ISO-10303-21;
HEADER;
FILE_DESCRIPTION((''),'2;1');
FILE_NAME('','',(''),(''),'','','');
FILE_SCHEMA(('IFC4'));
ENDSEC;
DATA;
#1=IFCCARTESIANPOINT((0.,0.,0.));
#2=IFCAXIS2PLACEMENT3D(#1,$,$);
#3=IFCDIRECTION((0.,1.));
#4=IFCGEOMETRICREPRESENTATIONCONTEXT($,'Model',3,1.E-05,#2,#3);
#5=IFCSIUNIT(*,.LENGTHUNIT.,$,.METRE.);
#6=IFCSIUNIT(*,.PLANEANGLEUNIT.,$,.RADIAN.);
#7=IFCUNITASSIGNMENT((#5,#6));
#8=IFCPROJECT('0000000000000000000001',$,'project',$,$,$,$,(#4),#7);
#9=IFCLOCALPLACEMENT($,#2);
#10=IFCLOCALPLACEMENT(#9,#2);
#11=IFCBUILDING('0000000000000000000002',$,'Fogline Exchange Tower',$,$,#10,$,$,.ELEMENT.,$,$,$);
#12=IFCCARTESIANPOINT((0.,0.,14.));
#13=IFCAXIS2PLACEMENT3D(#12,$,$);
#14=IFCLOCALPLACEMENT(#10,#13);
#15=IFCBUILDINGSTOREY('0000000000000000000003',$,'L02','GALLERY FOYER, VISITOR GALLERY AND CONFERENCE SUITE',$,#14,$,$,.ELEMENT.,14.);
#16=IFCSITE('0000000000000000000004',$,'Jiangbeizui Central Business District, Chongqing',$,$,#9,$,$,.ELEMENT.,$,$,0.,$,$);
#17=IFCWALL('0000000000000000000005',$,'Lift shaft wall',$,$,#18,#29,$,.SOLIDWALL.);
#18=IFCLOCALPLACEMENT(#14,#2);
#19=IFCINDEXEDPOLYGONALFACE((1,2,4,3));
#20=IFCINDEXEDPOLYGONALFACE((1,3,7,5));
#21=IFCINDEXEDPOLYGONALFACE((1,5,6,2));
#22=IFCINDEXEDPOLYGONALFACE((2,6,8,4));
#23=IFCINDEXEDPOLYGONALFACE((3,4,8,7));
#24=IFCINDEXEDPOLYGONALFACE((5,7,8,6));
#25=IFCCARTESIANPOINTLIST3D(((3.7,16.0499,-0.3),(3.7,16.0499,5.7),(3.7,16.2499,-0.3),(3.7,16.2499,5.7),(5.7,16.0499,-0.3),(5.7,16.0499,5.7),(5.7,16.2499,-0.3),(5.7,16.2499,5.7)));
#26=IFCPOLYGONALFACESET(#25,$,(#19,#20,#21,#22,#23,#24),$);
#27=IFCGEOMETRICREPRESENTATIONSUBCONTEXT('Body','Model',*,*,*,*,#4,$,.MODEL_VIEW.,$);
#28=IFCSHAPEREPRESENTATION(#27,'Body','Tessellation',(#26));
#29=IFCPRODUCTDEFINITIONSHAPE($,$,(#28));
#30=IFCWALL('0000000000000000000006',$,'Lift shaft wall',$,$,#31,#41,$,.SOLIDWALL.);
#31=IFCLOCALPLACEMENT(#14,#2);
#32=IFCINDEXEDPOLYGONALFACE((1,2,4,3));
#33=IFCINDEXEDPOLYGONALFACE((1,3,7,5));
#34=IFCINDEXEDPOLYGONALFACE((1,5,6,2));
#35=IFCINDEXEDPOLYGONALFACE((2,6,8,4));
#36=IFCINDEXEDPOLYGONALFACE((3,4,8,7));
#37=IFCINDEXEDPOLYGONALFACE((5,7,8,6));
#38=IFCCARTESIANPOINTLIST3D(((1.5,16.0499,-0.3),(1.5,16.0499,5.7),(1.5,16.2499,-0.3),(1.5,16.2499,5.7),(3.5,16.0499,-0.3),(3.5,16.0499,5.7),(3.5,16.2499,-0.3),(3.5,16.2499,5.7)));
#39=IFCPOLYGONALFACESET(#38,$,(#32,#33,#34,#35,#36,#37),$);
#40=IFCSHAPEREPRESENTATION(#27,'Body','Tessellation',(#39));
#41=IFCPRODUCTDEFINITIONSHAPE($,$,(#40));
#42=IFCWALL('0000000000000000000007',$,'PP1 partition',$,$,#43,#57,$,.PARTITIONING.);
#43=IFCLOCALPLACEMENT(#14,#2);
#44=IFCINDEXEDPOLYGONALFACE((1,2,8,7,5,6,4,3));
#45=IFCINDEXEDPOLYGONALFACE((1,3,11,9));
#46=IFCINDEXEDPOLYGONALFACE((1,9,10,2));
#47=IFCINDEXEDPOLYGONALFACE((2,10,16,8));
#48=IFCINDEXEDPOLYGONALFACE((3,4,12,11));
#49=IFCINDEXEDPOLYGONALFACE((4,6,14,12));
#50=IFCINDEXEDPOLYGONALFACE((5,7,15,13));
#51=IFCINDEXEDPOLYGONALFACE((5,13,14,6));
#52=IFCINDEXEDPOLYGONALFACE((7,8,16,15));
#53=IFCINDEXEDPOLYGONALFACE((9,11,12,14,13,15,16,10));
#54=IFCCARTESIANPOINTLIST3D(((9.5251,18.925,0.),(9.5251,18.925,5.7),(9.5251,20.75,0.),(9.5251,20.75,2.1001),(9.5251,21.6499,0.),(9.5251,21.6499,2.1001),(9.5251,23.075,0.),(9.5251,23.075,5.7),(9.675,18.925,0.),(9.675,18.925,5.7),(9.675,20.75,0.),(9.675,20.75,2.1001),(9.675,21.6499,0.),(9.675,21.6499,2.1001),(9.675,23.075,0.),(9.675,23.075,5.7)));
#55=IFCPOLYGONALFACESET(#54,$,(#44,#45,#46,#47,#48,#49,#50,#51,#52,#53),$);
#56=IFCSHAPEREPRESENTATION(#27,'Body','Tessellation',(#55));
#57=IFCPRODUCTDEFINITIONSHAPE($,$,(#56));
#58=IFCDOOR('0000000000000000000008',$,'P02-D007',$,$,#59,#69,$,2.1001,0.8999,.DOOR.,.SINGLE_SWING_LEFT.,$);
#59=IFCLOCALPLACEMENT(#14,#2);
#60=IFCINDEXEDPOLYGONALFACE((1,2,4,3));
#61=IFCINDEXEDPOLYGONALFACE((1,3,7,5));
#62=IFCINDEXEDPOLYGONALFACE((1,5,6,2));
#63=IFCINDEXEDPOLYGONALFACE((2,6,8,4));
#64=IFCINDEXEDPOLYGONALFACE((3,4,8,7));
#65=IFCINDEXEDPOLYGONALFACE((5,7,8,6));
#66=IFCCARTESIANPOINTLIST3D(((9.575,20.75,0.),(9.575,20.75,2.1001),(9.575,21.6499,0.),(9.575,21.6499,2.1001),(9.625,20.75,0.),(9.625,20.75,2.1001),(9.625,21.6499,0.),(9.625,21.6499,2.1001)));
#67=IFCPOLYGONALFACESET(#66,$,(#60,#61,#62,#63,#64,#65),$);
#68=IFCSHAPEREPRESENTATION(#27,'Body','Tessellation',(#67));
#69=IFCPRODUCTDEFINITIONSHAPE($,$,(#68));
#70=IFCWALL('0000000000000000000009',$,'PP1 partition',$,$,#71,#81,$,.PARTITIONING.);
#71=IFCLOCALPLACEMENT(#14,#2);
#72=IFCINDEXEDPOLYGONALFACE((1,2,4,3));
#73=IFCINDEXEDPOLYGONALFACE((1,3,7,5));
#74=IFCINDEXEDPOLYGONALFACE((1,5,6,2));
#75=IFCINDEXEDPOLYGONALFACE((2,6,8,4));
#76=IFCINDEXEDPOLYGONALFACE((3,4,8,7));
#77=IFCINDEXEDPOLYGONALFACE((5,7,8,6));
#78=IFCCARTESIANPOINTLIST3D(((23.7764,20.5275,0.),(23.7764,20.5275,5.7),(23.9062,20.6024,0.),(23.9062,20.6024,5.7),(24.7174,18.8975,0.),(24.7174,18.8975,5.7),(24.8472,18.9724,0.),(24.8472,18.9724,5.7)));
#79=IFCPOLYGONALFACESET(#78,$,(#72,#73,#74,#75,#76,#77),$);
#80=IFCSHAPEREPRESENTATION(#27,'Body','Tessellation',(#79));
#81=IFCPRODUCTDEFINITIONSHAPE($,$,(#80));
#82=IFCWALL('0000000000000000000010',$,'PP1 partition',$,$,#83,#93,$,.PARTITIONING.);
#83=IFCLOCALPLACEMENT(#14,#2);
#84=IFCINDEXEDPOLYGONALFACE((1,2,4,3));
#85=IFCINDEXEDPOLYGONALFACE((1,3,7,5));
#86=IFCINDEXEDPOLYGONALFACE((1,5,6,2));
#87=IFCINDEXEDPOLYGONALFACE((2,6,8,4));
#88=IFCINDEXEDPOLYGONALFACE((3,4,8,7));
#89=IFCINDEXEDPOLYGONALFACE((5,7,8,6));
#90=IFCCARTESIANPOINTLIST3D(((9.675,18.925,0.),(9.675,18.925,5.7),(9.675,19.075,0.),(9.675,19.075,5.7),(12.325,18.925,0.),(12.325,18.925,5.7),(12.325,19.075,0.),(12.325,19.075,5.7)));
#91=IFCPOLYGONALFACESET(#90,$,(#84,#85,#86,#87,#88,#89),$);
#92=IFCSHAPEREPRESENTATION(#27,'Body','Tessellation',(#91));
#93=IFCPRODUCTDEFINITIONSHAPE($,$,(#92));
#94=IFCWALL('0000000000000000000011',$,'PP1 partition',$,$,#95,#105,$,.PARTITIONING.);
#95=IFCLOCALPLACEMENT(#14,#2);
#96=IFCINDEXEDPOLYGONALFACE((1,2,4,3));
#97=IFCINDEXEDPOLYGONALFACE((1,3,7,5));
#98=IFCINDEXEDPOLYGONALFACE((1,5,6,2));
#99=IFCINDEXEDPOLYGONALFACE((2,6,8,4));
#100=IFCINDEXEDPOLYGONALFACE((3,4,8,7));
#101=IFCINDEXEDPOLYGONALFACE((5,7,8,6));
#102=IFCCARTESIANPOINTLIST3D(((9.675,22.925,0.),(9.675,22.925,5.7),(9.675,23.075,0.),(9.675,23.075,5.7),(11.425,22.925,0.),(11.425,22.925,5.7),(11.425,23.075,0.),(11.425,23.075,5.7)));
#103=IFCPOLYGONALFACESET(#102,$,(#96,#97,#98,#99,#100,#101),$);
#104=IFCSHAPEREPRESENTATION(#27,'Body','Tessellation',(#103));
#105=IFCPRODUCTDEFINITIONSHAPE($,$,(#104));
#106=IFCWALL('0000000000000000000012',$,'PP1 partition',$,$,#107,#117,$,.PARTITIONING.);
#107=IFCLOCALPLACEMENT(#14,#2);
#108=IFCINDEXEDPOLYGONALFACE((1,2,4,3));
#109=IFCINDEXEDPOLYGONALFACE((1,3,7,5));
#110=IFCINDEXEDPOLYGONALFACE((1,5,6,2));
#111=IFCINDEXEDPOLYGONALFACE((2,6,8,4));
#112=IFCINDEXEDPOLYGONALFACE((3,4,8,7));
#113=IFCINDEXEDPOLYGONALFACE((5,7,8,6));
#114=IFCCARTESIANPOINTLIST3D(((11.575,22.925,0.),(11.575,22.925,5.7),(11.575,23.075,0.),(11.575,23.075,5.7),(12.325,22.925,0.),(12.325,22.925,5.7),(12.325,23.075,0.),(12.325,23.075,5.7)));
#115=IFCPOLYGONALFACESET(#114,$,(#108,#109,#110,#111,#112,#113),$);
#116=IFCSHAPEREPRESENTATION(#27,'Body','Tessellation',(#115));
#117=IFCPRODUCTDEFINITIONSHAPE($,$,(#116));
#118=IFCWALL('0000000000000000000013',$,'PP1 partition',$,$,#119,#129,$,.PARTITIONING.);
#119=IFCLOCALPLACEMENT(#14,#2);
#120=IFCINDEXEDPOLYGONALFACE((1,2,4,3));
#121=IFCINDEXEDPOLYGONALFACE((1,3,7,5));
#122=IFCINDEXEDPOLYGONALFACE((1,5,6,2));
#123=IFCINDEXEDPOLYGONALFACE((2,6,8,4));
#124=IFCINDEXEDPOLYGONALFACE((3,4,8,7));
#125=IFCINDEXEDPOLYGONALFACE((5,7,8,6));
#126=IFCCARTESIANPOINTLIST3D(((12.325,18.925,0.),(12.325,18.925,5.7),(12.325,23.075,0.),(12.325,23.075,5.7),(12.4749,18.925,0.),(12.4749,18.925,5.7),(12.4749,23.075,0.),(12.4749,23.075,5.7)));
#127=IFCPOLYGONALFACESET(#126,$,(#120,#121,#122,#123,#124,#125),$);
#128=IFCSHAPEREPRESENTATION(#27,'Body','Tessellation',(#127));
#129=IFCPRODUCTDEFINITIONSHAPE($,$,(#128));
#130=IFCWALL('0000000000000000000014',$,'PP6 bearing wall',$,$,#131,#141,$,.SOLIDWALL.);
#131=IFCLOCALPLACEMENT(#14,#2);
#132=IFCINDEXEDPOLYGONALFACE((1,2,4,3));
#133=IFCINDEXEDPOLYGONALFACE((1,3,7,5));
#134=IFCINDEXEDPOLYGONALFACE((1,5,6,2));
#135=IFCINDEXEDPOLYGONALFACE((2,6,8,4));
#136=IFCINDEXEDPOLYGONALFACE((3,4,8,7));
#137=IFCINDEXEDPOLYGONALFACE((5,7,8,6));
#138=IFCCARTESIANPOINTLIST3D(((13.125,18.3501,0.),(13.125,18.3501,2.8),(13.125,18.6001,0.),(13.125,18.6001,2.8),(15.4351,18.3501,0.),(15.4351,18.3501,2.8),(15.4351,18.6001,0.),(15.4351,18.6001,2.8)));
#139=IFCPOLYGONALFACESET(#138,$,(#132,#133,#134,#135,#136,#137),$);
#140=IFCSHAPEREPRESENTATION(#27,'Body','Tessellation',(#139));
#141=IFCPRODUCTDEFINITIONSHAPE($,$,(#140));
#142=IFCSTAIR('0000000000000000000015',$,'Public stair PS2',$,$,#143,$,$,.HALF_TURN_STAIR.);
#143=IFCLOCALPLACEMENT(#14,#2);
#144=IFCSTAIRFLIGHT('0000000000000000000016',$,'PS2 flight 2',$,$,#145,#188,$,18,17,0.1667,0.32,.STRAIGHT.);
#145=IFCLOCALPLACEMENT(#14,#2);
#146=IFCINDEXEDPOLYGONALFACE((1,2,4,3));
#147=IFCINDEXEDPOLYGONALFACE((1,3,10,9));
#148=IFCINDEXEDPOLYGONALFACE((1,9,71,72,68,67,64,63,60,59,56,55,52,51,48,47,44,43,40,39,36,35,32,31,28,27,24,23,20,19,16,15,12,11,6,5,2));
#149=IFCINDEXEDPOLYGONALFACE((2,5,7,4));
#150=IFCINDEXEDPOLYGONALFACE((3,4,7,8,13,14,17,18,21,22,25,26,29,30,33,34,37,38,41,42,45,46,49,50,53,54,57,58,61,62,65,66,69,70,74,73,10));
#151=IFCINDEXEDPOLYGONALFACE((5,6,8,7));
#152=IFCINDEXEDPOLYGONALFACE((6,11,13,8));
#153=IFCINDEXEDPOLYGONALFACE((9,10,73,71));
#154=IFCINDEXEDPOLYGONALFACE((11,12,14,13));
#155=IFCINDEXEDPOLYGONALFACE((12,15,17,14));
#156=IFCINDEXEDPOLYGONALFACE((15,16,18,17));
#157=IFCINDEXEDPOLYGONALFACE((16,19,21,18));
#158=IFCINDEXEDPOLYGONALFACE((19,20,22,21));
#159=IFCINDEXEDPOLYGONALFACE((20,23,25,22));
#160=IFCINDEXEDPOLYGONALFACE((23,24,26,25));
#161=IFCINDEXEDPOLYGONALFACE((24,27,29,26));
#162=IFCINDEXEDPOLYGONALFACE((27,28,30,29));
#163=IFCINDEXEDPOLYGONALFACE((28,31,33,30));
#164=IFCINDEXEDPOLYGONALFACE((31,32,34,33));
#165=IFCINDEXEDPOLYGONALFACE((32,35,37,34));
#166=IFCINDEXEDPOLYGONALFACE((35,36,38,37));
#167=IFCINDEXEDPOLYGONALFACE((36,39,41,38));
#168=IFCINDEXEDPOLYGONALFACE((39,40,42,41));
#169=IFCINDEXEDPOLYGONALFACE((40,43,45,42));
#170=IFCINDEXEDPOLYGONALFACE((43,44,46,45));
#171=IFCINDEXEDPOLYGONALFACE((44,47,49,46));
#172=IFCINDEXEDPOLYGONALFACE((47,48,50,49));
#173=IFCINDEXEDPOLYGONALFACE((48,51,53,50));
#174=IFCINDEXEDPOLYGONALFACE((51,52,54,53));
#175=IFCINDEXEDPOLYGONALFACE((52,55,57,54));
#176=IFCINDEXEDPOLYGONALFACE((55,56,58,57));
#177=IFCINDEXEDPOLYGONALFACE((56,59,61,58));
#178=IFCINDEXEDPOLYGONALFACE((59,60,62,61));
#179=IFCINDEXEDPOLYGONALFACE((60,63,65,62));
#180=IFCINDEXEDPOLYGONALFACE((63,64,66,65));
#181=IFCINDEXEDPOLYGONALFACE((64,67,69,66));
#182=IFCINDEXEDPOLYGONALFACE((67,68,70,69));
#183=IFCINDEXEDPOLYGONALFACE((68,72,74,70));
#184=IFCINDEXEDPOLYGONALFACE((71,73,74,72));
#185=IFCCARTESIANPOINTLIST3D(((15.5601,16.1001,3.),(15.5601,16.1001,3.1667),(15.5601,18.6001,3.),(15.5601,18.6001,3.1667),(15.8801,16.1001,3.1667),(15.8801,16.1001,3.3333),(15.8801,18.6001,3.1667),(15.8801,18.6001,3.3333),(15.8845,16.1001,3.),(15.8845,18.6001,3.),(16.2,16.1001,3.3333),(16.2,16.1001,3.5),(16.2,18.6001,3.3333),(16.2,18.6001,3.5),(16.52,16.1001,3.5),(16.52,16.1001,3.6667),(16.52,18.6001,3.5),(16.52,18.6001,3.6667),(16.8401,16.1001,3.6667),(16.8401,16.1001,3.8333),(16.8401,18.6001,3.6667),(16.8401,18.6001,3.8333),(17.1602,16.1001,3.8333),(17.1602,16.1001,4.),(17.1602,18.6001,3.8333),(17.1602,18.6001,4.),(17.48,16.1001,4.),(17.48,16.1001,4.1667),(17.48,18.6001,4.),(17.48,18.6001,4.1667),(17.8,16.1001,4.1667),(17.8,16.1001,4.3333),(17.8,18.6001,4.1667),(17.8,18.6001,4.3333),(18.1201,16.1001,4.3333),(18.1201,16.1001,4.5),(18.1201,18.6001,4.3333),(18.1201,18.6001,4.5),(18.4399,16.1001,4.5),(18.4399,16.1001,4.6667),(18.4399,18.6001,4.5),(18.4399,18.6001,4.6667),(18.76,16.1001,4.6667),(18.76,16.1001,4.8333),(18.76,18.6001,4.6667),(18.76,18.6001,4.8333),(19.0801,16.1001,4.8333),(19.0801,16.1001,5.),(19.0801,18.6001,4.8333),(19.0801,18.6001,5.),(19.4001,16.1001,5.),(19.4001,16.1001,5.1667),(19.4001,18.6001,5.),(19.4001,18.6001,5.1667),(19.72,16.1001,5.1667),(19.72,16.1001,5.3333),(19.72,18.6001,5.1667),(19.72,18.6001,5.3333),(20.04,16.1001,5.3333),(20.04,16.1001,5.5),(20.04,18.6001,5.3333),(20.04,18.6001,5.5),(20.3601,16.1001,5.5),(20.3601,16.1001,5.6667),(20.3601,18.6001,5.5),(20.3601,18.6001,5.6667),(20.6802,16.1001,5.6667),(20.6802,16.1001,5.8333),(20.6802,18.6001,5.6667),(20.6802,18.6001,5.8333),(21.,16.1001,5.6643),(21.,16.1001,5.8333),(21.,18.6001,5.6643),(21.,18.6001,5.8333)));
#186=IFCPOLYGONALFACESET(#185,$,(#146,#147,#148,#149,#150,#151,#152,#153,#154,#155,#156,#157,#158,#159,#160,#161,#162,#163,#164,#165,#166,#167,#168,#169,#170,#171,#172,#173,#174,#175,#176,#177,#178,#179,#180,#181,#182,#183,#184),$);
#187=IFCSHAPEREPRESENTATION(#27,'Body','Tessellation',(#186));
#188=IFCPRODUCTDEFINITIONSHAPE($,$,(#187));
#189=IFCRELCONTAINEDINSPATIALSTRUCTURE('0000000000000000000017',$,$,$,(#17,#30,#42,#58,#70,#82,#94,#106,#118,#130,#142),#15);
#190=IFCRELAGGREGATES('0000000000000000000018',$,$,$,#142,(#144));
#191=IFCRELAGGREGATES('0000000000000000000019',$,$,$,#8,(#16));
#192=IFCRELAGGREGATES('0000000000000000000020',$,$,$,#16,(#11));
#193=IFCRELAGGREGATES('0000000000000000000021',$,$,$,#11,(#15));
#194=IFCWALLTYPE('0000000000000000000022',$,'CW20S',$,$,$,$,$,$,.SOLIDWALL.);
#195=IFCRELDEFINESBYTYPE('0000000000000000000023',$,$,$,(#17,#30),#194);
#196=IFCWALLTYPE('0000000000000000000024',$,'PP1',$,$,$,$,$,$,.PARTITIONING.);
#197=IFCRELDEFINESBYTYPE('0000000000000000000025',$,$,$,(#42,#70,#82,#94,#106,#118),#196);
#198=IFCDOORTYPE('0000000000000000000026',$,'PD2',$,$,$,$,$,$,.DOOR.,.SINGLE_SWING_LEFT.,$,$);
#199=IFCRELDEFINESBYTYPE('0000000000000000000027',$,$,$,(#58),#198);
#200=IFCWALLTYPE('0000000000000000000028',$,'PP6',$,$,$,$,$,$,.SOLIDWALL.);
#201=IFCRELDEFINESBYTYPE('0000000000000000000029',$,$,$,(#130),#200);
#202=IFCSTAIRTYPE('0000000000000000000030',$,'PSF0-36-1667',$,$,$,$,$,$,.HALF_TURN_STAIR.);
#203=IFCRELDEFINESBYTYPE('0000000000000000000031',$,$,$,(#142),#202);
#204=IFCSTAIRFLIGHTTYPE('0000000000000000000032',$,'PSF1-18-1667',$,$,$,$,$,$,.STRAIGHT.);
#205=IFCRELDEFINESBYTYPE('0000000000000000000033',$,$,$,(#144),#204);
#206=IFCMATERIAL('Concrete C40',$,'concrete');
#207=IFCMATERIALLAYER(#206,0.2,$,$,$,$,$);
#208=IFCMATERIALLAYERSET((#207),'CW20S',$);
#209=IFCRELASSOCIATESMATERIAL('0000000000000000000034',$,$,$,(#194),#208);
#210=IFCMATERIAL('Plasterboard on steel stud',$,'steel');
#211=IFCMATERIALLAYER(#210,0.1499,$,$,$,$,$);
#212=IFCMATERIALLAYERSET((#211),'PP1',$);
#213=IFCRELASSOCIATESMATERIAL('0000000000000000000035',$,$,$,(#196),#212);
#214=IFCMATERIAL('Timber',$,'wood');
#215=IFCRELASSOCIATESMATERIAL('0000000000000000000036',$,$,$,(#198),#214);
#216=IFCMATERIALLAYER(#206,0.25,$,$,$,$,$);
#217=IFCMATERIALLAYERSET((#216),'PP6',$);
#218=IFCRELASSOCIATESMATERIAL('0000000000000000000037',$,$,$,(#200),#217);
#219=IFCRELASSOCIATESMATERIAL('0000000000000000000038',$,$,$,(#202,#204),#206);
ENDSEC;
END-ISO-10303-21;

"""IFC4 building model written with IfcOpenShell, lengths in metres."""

from ifc_helpers import new_model, si_unit, direction, frame, frame_2d, origin, place, context, subcontext, project, spatial, polyline, rectangle, outline, extrude, material, layer, layer_set, type_object, element, fill, aggregate, save


model = new_model("IFC4")

# Units and contexts
model_context = context("Model", 3, precision=1e-05, world=origin(), true_north=direction((0.0, 1.0)))
body_context = subcontext(model_context, "Body", "Model", "MODEL_VIEW")
ifc_project = project(units=[si_unit("LENGTHUNIT", "METRE"), si_unit("PLANEANGLEUNIT", "RADIAN")], contexts=[model_context])

# Site, building, storey
site_placement = place(None, origin())
site = spatial("IfcSite", under=ifc_project, at=site_placement, Name="Jiangbeizui Central Business District, Chongqing", CompositionType="ELEMENT", RefElevation=0.0)
building_placement = place(site_placement, origin())
building = spatial("IfcBuilding", under=site, at=building_placement, Name="Fogline Exchange Tower", CompositionType="ELEMENT")
storey_placement = place(building_placement, frame((0.0, 0.0, 14.0)))
storey = spatial("IfcBuildingStorey", under=building, at=storey_placement, Name="L02", Description="GALLERY FOYER, VISITOR GALLERY AND CONFERENCE SUITE", CompositionType="ELEMENT", Elevation=14.0)

# Walls
ifc_material_1 = material(Name="Concrete C40", Category="concrete")
ifc_layer_1 = layer(ifc_material_1, 0.2)
ifc_layer_set_1 = layer_set([ifc_layer_1], Name="CW20S")
wall_type_1 = type_object("IfcWallType", Name="CW20S", PredefinedType="SOLIDWALL", material=ifc_layer_set_1)
for number, where, z_axis, x_axis, name in (
    (1, (3.7, 16.1499, -0.3), (0.0, 0.0, 1.0), (1.0, 0.0, 0.0), "Lift shaft wall"),
    (2, (1.5, 16.1499, -0.3), (0.0, 0.0, 1.0), (1.0, 0.0, 0.0), "Lift shaft wall"),
):
    element("IfcWall", number, at=place(storey_placement, frame(where, z_axis=z_axis, x_axis=x_axis)), inside=storey, type_object=wall_type_1, Name=name, PredefinedType="SOLIDWALL", context=body_context, shape_type="SweptSolid", body=[
        extrude(rectangle(XDim=2.0, YDim=0.2, at=frame_2d((1.0, 0.0))), origin(), (0.0, 0.0, 1.0), 6.0),
    ])

# Wall, opening, door
ifc_material_2 = material(Name="Plasterboard on steel stud", Category="steel")
ifc_layer_2 = layer(ifc_material_2, 0.1499)
ifc_layer_set_2 = layer_set([ifc_layer_2], Name="PP1")
wall_type_2 = type_object("IfcWallType", Name="PP1", PredefinedType="PARTITIONING", material=ifc_layer_set_2)
wall_1_placement = place(storey_placement, frame((9.6001, 18.925, 0.0), z_axis=(0.0, 0.0, 1.0), x_axis=(0.0, 1.0, 0.0)))
wall_1 = element("IfcWall", 3, at=wall_1_placement, inside=storey, type_object=wall_type_2, Name="PP1 partition", PredefinedType="PARTITIONING", context=body_context, shape_type="SweptSolid", body=[
    extrude(rectangle(XDim=4.1499, YDim=0.1499, at=frame_2d((2.075, 0.0))), origin(), (0.0, 0.0, 1.0), 5.7),
])
opening_1_placement = place(wall_1_placement, frame((1.825, 0.0, 0.0)))
opening_1 = element("IfcOpeningElement", 4, at=opening_1_placement, cuts=wall_1, PredefinedType="OPENING", context=body_context, shape_type="SweptSolid", body=[
    extrude(rectangle(XDim=0.8999, YDim=2.1001, at=frame_2d((0.45, 1.05))), frame((0.0, 0.085, 0.0), z_axis=(0.0, -1.0, 0.0), x_axis=(1.0, 0.0, 0.0)), (0.0, 0.0, 1.0), 0.1699),
])
ifc_material_3 = material(Name="Timber", Category="wood")
door_type_1 = type_object("IfcDoorType", Name="PD2", OperationType="SINGLE_SWING_LEFT", PredefinedType="DOOR", material=ifc_material_3)
door_1_placement = place(opening_1_placement, frame((0.8999, 0.0, 0.0), z_axis=(0.0, 0.0, 1.0), x_axis=(-1.0, 0.0, 0.0)))
door_1 = element("IfcDoor", 5, at=door_1_placement, inside=storey, type_object=door_type_1, Name="P02-D007", OperationType="SINGLE_SWING_LEFT", OverallHeight=2.1001, OverallWidth=0.8999, PredefinedType="DOOR", context=body_context, shape_type="SweptSolid", body=[
    extrude(rectangle(XDim=0.8999, YDim=2.1001, at=frame_2d((0.45, 1.05))), frame((0.0, 0.0249, 0.0), z_axis=(0.0, -1.0, 0.0), x_axis=(1.0, 0.0, 0.0)), (0.0, 0.0, 1.0), 0.05),
])
fill(opening_1, door_1)

# Walls
wall_2_placement = place(storey_placement, frame((24.7822, 18.9351, 0.0), z_axis=(0.0, 0.0, 1.0), x_axis=(-0.499962, 0.866047, 0.0)))
element("IfcWall", 6, at=wall_2_placement, inside=storey, type_object=wall_type_2, Name="PP1 partition", PredefinedType="PARTITIONING", context=body_context, shape_type="SweptSolid", body=[
    extrude(rectangle(XDim=1.8821, YDim=0.1499, at=frame_2d((0.9409, 0.0))), origin(), (0.0, 0.0, 1.0), 5.7),
])
wall_3_placement = place(storey_placement, frame((12.325, 19.0, 0.0), z_axis=(0.0, 0.0, 1.0), x_axis=(-1.0, 0.0, 0.0)))
element("IfcWall", 7, at=wall_3_placement, inside=storey, type_object=wall_type_2, Name="PP1 partition", PredefinedType="PARTITIONING", context=body_context, shape_type="SweptSolid", body=[
    extrude(rectangle(XDim=2.6499, YDim=0.1499, at=frame_2d((1.325, 0.0))), origin(), (0.0, 0.0, 1.0), 5.7),
])
wall_4_placement = place(storey_placement, frame((9.675, 23.0, 0.0), z_axis=(0.0, 0.0, 1.0), x_axis=(1.0, 0.0, 0.0)))
element("IfcWall", 8, at=wall_4_placement, inside=storey, type_object=wall_type_2, Name="PP1 partition", PredefinedType="PARTITIONING", context=body_context, shape_type="SweptSolid", body=[
    extrude(rectangle(XDim=1.75, YDim=0.1499, at=frame_2d((0.875, 0.0))), origin(), (0.0, 0.0, 1.0), 5.7),
])
wall_5_placement = place(storey_placement, frame((11.575, 23.0, 0.0), z_axis=(0.0, 0.0, 1.0), x_axis=(1.0, 0.0, 0.0)))
element("IfcWall", 9, at=wall_5_placement, inside=storey, type_object=wall_type_2, Name="PP1 partition", PredefinedType="PARTITIONING", context=body_context, shape_type="SweptSolid", body=[
    extrude(rectangle(XDim=0.75, YDim=0.1499, at=frame_2d((0.375, 0.0))), origin(), (0.0, 0.0, 1.0), 5.7),
])
wall_6_placement = place(storey_placement, frame((12.3999, 23.075, 0.0), z_axis=(0.0, 0.0, 1.0), x_axis=(0.0, -1.0, 0.0)))
element("IfcWall", 10, at=wall_6_placement, inside=storey, type_object=wall_type_2, Name="PP1 partition", PredefinedType="PARTITIONING", context=body_context, shape_type="SweptSolid", body=[
    extrude(rectangle(XDim=4.1499, YDim=0.1499, at=frame_2d((2.075, 0.0))), origin(), (0.0, 0.0, 1.0), 5.7),
])
ifc_layer_3 = layer(ifc_material_1, 0.25)
ifc_layer_set_3 = layer_set([ifc_layer_3], Name="PP6")
wall_type_3 = type_object("IfcWallType", Name="PP6", PredefinedType="SOLIDWALL", material=ifc_layer_set_3)
wall_7_placement = place(storey_placement, frame((13.125, 18.4751, 0.0), z_axis=(0.0, 0.0, 1.0), x_axis=(1.0, 0.0, 0.0)))
element("IfcWall", 11, at=wall_7_placement, inside=storey, type_object=wall_type_3, Name="PP6 bearing wall", PredefinedType="SOLIDWALL", context=body_context, shape_type="SweptSolid", body=[
    extrude(rectangle(XDim=2.3101, YDim=0.25, at=frame_2d((1.155, 0.0))), origin(), (0.0, 0.0, 1.0), 2.8),
])

# Stair, stair flight
stair_type = type_object("IfcStairType", Name="PSF0-36-1667", PredefinedType="HALF_TURN_STAIR", material=ifc_material_1)
stair_placement = place(storey_placement, origin())
stair = element("IfcStair", 12, at=stair_placement, inside=storey, type_object=stair_type, Name="Public stair PS2", PredefinedType="HALF_TURN_STAIR")
stair_flight_type = type_object("IfcStairFlightType", Name="PSF1-18-1667", PredefinedType="STRAIGHT", material=ifc_material_1)
stair_flight_placement = place(storey_placement, frame((15.5601, 17.3501, 3.0), z_axis=(0.0, 0.0, 1.0), x_axis=(1.0, 0.0, 0.0)))
stair_flight = element("IfcStairFlight", 13, at=stair_flight_placement, type_object=stair_flight_type, Name="PS2 flight 2", NumberOfRisers=18, NumberOfTreads=17, PredefinedType="STRAIGHT", RiserHeight=0.1667, TreadLength=0.32, context=body_context, shape_type="SweptSolid", body=[
    extrude(outline(polyline([(0.0, 0.0), (0.0, 0.1667), (0.3201, 0.1667), (0.3201, 0.3333), (0.6399, 0.3333), (0.6399, 0.5), (0.96, 0.5), (0.96, 0.6667), (1.28, 0.6667), (1.28, 0.8333), (1.6001, 0.8333), (1.6001, 1.0), (1.9199, 1.0), (1.9199, 1.1667), (2.24, 1.1667), (2.24, 1.3333), (2.5601, 1.3333), (2.5601, 1.5), (2.8799, 1.5), (2.8799, 1.6667), (3.2, 1.6667), (3.2, 1.8333), (3.52, 1.8333), (3.52, 2.0), (3.8401, 2.0), (3.8401, 2.1667), (4.1599, 2.1667), (4.1599, 2.3333), (4.48, 2.3333), (4.48, 2.5), (4.8, 2.5), (4.8, 2.6667), (5.1201, 2.6667), (5.1201, 2.8333), (5.4399, 2.8333), (5.4399, 3.0), (5.4399, 2.6643), (0.3245, 0.0), (0.0, 0.0)])), frame((0.0, 1.25, 0.0), z_axis=(0.0, -1.0, 0.0), x_axis=(1.0, 0.0, 0.0)), (0.0, 0.0, 1.0), 2.5),
])
aggregate(stair, [stair_flight])

save(model, "model.ifc")
